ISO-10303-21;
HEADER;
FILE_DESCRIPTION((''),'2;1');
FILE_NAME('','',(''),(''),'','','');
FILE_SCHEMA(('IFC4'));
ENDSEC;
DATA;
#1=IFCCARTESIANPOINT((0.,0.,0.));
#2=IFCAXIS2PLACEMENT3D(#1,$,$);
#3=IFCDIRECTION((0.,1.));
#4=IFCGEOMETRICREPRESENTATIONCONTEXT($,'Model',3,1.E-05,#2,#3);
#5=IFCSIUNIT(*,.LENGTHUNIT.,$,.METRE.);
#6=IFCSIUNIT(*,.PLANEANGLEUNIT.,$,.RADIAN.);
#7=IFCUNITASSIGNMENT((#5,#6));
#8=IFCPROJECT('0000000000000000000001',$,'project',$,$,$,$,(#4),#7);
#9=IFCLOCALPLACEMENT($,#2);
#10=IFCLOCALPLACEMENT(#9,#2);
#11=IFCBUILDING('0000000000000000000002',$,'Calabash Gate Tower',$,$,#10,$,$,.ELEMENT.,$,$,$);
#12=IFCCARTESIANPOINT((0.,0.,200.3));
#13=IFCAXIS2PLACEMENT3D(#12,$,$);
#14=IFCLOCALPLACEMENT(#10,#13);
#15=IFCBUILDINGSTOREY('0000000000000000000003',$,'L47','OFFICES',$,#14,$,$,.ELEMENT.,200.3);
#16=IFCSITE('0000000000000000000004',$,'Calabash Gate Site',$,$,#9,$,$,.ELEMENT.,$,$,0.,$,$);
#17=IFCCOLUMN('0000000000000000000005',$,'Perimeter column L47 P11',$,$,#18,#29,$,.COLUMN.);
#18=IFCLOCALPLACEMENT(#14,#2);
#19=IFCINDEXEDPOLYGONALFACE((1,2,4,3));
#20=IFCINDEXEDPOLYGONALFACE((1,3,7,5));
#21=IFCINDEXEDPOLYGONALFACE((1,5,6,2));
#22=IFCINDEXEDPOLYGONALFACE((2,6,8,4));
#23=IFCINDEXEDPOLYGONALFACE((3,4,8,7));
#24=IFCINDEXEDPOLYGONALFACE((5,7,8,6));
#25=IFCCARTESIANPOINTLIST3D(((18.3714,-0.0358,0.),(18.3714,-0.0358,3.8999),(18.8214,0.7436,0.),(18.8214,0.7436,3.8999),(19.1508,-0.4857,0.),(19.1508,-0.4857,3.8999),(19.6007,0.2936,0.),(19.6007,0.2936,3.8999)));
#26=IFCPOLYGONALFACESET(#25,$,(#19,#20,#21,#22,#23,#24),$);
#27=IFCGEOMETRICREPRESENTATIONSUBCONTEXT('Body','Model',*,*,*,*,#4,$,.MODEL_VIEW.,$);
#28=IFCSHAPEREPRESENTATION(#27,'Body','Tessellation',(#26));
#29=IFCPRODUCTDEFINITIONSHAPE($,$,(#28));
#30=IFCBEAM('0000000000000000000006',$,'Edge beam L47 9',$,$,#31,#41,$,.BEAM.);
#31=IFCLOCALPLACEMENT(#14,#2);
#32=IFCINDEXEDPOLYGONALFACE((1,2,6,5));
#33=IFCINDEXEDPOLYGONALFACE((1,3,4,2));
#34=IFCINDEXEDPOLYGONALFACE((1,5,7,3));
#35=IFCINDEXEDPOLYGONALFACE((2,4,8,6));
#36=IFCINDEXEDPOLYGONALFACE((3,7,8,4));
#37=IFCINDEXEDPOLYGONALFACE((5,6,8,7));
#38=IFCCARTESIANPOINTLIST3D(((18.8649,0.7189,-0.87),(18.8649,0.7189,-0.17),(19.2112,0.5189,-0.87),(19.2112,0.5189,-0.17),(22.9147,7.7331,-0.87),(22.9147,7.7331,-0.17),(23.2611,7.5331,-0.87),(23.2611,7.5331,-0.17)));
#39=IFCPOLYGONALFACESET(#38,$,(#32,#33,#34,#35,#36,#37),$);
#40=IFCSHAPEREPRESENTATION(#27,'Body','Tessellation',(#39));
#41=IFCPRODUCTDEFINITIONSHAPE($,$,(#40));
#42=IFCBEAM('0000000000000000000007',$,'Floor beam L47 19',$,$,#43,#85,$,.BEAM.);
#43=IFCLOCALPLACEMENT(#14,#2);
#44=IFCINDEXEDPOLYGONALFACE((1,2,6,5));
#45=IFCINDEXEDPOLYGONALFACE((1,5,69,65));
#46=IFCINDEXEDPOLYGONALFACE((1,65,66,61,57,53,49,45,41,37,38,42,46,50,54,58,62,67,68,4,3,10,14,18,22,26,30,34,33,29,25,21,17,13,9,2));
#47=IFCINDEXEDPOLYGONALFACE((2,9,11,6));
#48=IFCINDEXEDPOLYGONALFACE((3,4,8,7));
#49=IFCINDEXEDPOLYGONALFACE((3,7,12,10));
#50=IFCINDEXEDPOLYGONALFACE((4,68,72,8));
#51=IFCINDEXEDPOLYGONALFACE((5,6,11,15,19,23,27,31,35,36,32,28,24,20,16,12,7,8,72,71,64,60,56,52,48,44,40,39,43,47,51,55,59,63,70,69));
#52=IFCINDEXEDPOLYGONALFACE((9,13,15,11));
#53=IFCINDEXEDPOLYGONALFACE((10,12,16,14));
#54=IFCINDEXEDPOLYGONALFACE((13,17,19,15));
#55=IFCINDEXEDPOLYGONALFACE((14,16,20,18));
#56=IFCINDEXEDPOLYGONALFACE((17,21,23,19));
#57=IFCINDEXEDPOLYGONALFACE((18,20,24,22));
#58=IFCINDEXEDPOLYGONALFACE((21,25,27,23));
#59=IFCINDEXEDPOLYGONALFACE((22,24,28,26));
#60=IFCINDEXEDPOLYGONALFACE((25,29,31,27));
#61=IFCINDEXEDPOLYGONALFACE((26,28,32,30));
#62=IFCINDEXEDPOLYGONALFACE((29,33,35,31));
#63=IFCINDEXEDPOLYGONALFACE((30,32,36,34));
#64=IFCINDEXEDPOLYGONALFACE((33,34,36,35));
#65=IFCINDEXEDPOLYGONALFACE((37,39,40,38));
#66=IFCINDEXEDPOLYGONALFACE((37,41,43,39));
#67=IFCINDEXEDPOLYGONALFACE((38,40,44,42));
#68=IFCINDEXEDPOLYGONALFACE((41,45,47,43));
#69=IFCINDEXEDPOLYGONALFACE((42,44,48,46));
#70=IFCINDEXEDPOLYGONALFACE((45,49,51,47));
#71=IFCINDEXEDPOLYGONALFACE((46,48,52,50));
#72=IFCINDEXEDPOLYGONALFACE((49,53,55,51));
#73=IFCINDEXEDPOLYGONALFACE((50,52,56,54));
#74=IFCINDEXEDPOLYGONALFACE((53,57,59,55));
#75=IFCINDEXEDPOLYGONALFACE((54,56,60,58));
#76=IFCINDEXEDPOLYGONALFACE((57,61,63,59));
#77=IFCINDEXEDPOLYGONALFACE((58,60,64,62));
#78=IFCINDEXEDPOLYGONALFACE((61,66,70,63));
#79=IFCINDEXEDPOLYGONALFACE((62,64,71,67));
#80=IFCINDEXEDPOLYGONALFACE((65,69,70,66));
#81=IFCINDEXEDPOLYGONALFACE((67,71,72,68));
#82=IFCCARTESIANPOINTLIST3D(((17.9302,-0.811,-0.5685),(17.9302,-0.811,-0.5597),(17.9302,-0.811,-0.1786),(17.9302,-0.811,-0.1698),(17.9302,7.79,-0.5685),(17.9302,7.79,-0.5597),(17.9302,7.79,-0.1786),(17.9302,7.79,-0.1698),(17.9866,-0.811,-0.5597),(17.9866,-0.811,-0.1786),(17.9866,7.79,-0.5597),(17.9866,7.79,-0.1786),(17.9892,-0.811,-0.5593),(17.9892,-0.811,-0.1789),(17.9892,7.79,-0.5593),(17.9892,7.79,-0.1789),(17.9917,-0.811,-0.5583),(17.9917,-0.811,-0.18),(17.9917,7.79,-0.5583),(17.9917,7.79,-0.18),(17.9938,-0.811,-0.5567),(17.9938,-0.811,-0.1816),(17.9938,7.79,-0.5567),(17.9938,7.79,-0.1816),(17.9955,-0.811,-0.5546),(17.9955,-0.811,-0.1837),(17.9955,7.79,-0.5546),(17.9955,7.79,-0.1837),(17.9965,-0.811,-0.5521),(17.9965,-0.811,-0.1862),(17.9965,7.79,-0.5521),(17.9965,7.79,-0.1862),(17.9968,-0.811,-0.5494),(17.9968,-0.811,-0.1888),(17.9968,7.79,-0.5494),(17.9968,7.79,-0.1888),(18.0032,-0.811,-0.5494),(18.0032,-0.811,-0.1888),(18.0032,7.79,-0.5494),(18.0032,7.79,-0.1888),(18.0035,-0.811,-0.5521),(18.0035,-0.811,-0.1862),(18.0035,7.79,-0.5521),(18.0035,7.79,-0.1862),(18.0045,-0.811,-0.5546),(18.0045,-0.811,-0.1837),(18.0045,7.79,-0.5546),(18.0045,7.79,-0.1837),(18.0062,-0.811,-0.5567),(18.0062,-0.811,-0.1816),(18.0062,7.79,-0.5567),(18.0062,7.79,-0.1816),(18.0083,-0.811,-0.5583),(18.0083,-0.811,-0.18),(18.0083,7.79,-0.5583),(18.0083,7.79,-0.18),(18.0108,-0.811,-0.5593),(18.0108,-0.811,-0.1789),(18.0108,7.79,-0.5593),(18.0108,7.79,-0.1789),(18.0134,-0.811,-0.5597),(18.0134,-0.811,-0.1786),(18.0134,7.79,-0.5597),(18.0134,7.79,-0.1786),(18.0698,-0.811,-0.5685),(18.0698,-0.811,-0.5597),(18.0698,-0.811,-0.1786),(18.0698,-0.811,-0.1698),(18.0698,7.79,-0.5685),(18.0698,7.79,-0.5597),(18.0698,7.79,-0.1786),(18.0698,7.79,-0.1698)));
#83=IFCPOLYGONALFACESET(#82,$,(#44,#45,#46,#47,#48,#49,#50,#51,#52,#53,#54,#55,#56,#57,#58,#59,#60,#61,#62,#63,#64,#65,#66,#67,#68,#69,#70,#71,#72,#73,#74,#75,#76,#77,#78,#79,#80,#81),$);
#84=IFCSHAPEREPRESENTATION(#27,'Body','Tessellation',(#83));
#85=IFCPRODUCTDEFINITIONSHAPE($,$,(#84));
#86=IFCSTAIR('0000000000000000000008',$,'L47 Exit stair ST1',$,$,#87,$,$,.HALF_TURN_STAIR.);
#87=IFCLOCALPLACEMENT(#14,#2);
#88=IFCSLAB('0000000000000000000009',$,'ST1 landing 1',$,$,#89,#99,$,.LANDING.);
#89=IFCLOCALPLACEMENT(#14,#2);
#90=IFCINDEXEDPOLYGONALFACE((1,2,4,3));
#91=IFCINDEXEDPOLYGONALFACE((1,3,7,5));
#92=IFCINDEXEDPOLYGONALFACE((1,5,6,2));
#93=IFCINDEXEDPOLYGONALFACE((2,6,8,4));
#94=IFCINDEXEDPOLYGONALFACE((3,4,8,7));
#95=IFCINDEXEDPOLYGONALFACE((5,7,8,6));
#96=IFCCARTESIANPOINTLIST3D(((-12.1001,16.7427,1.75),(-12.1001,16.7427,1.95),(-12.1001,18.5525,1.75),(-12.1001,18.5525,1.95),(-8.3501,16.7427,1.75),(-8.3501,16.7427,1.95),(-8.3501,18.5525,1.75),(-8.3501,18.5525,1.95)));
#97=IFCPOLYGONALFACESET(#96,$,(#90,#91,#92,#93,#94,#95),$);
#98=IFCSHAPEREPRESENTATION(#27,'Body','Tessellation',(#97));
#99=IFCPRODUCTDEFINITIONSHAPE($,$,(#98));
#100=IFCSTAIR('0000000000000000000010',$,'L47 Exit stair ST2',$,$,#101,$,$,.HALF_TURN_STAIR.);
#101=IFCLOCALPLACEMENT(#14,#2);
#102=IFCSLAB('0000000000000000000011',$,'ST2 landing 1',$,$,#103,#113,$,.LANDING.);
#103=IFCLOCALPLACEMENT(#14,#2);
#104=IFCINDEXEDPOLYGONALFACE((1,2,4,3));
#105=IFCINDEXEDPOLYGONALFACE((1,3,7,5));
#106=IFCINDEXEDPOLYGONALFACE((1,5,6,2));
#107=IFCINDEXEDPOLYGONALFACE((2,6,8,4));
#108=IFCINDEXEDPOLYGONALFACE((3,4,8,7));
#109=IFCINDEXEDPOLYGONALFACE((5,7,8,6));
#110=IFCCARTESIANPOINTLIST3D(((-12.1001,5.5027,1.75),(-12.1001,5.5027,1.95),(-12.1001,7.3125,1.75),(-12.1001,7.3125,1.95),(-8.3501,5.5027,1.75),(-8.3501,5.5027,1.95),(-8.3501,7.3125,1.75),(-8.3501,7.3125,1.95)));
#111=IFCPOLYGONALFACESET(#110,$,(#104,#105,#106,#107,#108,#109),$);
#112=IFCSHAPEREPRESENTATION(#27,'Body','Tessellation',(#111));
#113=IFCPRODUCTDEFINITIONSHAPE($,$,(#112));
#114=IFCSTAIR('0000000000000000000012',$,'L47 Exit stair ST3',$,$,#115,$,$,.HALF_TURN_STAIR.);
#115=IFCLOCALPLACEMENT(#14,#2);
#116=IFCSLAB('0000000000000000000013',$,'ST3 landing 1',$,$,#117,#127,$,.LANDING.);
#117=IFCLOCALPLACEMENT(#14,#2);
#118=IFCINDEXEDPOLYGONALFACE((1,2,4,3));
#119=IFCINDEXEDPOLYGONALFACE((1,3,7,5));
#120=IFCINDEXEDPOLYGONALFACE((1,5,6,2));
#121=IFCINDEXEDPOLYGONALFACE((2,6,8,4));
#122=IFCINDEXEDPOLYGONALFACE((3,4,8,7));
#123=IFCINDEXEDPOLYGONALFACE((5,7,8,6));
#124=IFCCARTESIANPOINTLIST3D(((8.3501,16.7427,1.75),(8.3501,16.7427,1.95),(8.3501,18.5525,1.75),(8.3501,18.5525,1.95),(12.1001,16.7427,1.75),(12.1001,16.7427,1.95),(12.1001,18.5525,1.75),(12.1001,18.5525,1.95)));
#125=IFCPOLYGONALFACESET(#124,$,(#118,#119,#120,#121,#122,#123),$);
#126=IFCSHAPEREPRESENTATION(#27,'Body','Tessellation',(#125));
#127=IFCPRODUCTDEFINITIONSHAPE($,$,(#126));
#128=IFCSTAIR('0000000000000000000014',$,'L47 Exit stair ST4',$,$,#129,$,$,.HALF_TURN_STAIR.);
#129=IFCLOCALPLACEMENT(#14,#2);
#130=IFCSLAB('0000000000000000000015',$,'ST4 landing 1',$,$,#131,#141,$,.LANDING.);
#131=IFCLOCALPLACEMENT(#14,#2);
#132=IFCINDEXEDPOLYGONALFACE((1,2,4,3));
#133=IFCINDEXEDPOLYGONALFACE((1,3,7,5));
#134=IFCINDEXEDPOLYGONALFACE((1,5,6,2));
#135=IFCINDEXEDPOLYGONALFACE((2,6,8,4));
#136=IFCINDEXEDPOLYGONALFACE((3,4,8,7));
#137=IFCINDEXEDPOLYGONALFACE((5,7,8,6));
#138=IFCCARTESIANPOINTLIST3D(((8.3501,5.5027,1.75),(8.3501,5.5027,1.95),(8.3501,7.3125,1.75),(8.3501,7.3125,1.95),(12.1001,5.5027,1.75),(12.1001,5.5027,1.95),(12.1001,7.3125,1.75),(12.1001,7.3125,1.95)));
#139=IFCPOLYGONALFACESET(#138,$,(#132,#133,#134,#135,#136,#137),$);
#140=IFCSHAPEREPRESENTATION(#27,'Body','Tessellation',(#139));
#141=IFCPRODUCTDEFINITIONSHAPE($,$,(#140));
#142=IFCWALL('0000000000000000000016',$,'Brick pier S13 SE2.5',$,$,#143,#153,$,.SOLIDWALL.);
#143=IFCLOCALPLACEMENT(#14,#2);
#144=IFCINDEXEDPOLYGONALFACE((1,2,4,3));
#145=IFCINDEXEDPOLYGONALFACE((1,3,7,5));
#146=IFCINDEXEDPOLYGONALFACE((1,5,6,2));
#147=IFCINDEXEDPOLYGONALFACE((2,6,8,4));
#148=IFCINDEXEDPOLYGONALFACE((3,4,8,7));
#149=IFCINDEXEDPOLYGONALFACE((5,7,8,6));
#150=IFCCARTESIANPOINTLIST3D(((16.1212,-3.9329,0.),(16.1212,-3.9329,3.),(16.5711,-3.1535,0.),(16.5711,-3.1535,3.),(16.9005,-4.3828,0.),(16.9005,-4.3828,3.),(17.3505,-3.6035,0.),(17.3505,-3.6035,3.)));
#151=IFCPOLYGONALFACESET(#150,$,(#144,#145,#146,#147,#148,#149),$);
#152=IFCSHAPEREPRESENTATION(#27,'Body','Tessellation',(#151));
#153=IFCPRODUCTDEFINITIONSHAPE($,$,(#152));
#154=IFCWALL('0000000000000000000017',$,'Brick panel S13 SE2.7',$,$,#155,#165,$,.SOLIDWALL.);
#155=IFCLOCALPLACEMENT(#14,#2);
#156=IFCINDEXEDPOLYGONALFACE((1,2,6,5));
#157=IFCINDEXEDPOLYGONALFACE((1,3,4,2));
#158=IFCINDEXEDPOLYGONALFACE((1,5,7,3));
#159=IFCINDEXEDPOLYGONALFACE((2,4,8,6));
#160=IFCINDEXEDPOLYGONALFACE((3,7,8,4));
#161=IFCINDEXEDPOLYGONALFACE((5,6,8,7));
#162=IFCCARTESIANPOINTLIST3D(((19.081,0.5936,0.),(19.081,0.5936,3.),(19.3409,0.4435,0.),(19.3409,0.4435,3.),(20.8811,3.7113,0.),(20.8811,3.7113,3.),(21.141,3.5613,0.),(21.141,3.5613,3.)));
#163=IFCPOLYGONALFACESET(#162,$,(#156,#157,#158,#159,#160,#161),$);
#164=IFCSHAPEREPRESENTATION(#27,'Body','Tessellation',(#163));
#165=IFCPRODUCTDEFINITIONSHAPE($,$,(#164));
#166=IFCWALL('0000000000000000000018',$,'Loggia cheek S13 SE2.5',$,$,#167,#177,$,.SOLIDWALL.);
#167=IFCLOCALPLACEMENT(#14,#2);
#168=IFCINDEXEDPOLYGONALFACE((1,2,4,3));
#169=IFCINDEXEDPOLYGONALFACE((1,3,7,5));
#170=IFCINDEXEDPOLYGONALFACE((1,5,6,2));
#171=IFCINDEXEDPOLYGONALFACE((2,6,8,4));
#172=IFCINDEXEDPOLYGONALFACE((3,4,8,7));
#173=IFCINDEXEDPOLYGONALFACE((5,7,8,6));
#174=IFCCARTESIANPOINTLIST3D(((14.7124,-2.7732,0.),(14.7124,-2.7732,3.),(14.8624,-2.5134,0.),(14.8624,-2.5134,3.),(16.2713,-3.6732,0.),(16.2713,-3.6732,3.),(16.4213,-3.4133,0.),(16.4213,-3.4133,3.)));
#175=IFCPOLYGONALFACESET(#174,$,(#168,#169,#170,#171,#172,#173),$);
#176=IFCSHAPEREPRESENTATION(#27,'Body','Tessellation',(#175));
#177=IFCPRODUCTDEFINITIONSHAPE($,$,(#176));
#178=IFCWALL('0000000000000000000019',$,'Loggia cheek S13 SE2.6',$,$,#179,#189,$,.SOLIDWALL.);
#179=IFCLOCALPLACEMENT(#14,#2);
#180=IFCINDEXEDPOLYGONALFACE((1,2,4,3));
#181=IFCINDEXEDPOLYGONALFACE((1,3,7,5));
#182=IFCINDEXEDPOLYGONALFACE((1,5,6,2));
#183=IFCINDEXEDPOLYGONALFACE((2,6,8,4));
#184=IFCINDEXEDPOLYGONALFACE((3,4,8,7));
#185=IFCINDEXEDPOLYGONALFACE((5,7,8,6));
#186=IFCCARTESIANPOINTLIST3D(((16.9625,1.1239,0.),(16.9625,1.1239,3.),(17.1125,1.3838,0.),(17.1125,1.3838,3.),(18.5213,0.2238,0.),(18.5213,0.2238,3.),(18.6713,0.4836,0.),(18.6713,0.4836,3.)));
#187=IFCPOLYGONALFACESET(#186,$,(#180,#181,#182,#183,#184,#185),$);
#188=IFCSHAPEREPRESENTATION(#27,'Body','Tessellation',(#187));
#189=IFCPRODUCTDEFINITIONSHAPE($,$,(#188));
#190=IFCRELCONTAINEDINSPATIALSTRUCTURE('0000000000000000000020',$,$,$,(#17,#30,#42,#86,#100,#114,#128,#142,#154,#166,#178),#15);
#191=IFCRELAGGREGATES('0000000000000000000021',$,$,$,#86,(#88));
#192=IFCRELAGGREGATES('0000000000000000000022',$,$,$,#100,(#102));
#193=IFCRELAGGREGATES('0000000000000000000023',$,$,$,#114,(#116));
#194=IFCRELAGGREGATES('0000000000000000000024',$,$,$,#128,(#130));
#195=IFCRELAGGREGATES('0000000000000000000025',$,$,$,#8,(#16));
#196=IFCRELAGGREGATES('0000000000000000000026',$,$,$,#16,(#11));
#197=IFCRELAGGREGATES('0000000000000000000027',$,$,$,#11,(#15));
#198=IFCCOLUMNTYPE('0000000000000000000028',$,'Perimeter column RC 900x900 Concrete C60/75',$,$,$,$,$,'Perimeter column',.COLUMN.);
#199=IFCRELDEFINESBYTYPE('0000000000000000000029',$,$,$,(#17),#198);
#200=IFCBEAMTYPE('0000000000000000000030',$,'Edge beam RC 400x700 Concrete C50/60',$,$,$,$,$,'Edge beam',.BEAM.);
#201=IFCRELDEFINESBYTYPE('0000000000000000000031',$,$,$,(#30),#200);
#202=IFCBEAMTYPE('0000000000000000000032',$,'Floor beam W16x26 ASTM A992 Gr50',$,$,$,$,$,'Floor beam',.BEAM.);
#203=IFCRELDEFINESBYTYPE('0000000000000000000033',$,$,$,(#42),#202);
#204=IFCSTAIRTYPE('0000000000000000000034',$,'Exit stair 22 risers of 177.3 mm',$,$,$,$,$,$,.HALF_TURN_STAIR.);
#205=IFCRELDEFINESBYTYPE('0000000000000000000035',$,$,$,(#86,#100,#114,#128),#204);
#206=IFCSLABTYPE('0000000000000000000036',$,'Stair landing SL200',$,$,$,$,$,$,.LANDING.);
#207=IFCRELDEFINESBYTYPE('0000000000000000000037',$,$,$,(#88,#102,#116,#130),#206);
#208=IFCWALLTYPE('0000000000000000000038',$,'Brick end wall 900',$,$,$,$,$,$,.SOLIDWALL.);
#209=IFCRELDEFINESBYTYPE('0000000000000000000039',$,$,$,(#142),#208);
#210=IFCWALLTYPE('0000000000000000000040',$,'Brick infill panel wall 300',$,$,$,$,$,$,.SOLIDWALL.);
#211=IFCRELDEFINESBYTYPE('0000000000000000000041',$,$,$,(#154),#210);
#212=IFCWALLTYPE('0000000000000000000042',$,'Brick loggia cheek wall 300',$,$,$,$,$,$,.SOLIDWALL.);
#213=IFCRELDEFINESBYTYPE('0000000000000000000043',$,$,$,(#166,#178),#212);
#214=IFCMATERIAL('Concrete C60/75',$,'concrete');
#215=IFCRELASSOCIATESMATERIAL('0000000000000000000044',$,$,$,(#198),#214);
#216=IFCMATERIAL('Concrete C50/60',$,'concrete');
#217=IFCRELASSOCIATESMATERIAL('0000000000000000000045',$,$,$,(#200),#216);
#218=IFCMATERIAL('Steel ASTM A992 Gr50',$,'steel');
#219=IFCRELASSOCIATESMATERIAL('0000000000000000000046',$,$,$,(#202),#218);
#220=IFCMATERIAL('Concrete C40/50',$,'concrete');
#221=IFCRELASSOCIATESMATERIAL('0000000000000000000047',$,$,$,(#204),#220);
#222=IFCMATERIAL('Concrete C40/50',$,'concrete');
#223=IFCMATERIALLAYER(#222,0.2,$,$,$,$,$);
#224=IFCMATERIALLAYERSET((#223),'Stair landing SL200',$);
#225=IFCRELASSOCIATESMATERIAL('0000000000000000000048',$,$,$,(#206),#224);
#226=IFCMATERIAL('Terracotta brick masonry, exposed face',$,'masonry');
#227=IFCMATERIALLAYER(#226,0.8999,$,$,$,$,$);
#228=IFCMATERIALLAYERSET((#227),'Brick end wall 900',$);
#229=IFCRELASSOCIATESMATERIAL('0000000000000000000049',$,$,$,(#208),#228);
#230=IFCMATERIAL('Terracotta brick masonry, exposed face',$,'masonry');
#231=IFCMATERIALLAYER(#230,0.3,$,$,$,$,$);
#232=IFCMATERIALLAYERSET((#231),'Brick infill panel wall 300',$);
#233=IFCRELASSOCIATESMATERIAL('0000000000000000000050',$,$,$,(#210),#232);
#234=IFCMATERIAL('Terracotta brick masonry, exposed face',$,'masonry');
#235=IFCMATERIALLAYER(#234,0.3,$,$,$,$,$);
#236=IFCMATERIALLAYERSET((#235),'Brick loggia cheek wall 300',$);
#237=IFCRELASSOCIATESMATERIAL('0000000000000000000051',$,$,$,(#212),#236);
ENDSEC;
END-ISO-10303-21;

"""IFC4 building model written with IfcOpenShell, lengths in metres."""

from ifc_helpers import new_model, si_unit, direction, frame, frame_2d, origin, origin_2d, place, context, subcontext, project, spatial, polyline, rectangle, i_section, outline, extrude, material, layer, layer_set, material_profile, profile_set, type_object, element, aggregate, save


model = new_model("IFC4")

# Units and contexts
model_context = context("Model", 3, precision=1e-05, world=origin(), true_north=direction((0.0, 1.0)))
body_context = subcontext(model_context, "Body", "Model", "MODEL_VIEW")
ifc_project = project(units=[si_unit("LENGTHUNIT", "METRE"), si_unit("PLANEANGLEUNIT", "RADIAN")], contexts=[model_context])

# Site, building, storey
site_placement = place(None, origin())
site = spatial("IfcSite", under=ifc_project, at=site_placement, Name="Calabash Gate Site", CompositionType="ELEMENT", RefElevation=0.0)
building_placement = place(site_placement, origin())
building = spatial("IfcBuilding", under=site, at=building_placement, Name="Calabash Gate Tower", CompositionType="ELEMENT")
storey_placement = place(building_placement, frame((0.0, 0.0, 200.3)))
storey = spatial("IfcBuildingStorey", under=building, at=storey_placement, Name="L47", Description="OFFICES", CompositionType="ELEMENT", Elevation=200.3)

# Column
ifc_material_1 = material(Name="Concrete C60/75", Category="concrete")
ifc_material_profile_1 = material_profile(ifc_material_1, rectangle(XDim=0.8999, YDim=0.8999, at=origin_2d()))
ifc_profile_set_1 = profile_set([ifc_material_profile_1], Name="Concrete C60/75")
column_type = type_object("IfcColumnType", Name="Perimeter column RC 900x900 Concrete C60/75", ElementType="Perimeter column", PredefinedType="COLUMN", material=ifc_profile_set_1)
column_placement = place(storey_placement, frame((18.9861, 0.1289, 0.0), z_axis=(0.0, 0.0, 1.0), x_axis=(0.5, 0.866025, 0.0)))
element("IfcColumn", 1, at=column_placement, inside=storey, type_object=column_type, Name="Perimeter column L47 P11", PredefinedType="COLUMN", context=body_context, shape_type="SweptSolid", body=[
    extrude(rectangle(XDim=0.8999, YDim=0.8999, at=origin_2d()), origin(), (0.0, 0.0, 1.0), 3.8999),
])

# Beams
ifc_material_2 = material(Name="Concrete C50/60", Category="concrete")
ifc_material_profile_2 = material_profile(ifc_material_2, rectangle(XDim=0.3999, YDim=0.7, at=origin_2d()))
ifc_profile_set_2 = profile_set([ifc_material_profile_2], Name="Concrete C50/60")
beam_type_1 = type_object("IfcBeamType", Name="Edge beam RC 400x700 Concrete C50/60", ElementType="Edge beam", PredefinedType="BEAM", material=ifc_profile_set_2)
beam_1_placement = place(storey_placement, frame((19.0381, 0.6189, -0.52), z_axis=(0.500016, 0.866016, 0.0), x_axis=(-0.866016, 0.500016, 0.0)))
element("IfcBeam", 2, at=beam_1_placement, inside=storey, type_object=beam_type_1, Name="Edge beam L47 9", PredefinedType="BEAM", context=body_context, shape_type="SweptSolid", body=[
    extrude(rectangle(XDim=0.3999, YDim=0.7, at=origin_2d()), origin(), (0.0, 0.0, 1.0), 8.0994),
])
ifc_material_3 = material(Name="Steel ASTM A992 Gr50", Category="steel")
ifc_material_profile_3 = material_profile(ifc_material_3, i_section(OverallWidth=0.1396, OverallDepth=0.3987, WebThickness=0.0063, FlangeThickness=0.0088, FilletRadius=0.0103, at=origin_2d()))
ifc_profile_set_3 = profile_set([ifc_material_profile_3], Name="Steel ASTM A992 Gr50")
beam_type_2 = type_object("IfcBeamType", Name="Floor beam W16x26 ASTM A992 Gr50", ElementType="Floor beam", PredefinedType="BEAM", material=ifc_profile_set_3)
beam_2_placement = place(storey_placement, frame((18.0, -0.811, -0.3691), z_axis=(0.0, 1.0, 0.0), x_axis=(-1.0, 0.0, 0.0)))
element("IfcBeam", 3, at=beam_2_placement, inside=storey, type_object=beam_type_2, Name="Floor beam L47 19", PredefinedType="BEAM", context=body_context, shape_type="SweptSolid", body=[
    extrude(i_section(OverallWidth=0.1396, OverallDepth=0.3987, WebThickness=0.0063, FlangeThickness=0.0088, FilletRadius=0.0103, at=origin_2d()), origin(), (0.0, 0.0, 1.0), 8.6011),
])

# Stairs, slabs
ifc_material_4 = material(Name="Concrete C40/50", Category="concrete")
stair_type = type_object("IfcStairType", Name="Exit stair 22 risers of 177.3 mm", PredefinedType="HALF_TURN_STAIR", material=ifc_material_4)
stair_1_placement = place(storey_placement, origin())
stair_1 = element("IfcStair", 4, at=stair_1_placement, inside=storey, type_object=stair_type, Name="L47 Exit stair ST1", PredefinedType="HALF_TURN_STAIR")
ifc_material_5 = material(Name="Concrete C40/50", Category="concrete")
ifc_layer_1 = layer(ifc_material_5, 0.2)
ifc_layer_set_1 = layer_set([ifc_layer_1], Name="Stair landing SL200")
slab_type = type_object("IfcSlabType", Name="Stair landing SL200", PredefinedType="LANDING", material=ifc_layer_set_1)
slab_1_placement = place(storey_placement, frame((0.0, 0.0, 1.75)))
slab_1 = element("IfcSlab", 5, at=slab_1_placement, type_object=slab_type, Name="ST1 landing 1", PredefinedType="LANDING", context=body_context, shape_type="SweptSolid", body=[
    extrude(outline(polyline([(-8.3501, 16.7427), (-8.3501, 18.5525), (-12.1001, 18.5525), (-12.1001, 16.7427), (-8.3501, 16.7427)])), origin(), (0.0, 0.0, 1.0), 0.2),
])
aggregate(stair_1, [slab_1])
stair_2_placement = place(storey_placement, origin())
stair_2 = element("IfcStair", 6, at=stair_2_placement, inside=storey, type_object=stair_type, Name="L47 Exit stair ST2", PredefinedType="HALF_TURN_STAIR")
slab_2_placement = place(storey_placement, frame((0.0, 0.0, 1.75)))
slab_2 = element("IfcSlab", 7, at=slab_2_placement, type_object=slab_type, Name="ST2 landing 1", PredefinedType="LANDING", context=body_context, shape_type="SweptSolid", body=[
    extrude(outline(polyline([(-12.1001, 7.3125), (-12.1001, 5.5027), (-8.3501, 5.5027), (-8.3501, 7.3125), (-12.1001, 7.3125)])), origin(), (0.0, 0.0, 1.0), 0.2),
])
aggregate(stair_2, [slab_2])
stair_3_placement = place(storey_placement, origin())
stair_3 = element("IfcStair", 8, at=stair_3_placement, inside=storey, type_object=stair_type, Name="L47 Exit stair ST3", PredefinedType="HALF_TURN_STAIR")
slab_3_placement = place(storey_placement, frame((0.0, 0.0, 1.75)))
slab_3 = element("IfcSlab", 9, at=slab_3_placement, type_object=slab_type, Name="ST3 landing 1", PredefinedType="LANDING", context=body_context, shape_type="SweptSolid", body=[
    extrude(outline(polyline([(12.1001, 16.7427), (12.1001, 18.5525), (8.3501, 18.5525), (8.3501, 16.7427), (12.1001, 16.7427)])), origin(), (0.0, 0.0, 1.0), 0.2),
])
aggregate(stair_3, [slab_3])
stair_4_placement = place(storey_placement, origin())
stair_4 = element("IfcStair", 10, at=stair_4_placement, inside=storey, type_object=stair_type, Name="L47 Exit stair ST4", PredefinedType="HALF_TURN_STAIR")
slab_4_placement = place(storey_placement, frame((0.0, 0.0, 1.75)))
slab_4 = element("IfcSlab", 11, at=slab_4_placement, type_object=slab_type, Name="ST4 landing 1", PredefinedType="LANDING", context=body_context, shape_type="SweptSolid", body=[
    extrude(outline(polyline([(8.3501, 7.3125), (8.3501, 5.5027), (12.1001, 5.5027), (12.1001, 7.3125), (8.3501, 7.3125)])), origin(), (0.0, 0.0, 1.0), 0.2),
])
aggregate(stair_4, [slab_4])

# Walls
ifc_material_6 = material(Name="Terracotta brick masonry, exposed face", Category="masonry")
ifc_layer_2 = layer(ifc_material_6, 0.8999)
ifc_layer_set_2 = layer_set([ifc_layer_2], Name="Brick end wall 900")
wall_type_1 = type_object("IfcWallType", Name="Brick end wall 900", PredefinedType="SOLIDWALL", material=ifc_layer_set_2)
wall_1_placement = place(storey_placement, frame((17.1255, -3.9932, 0.0), z_axis=(0.0, 0.0, 1.0), x_axis=(-0.866014, 0.50002, 0.0)))
element("IfcWall", 12, at=wall_1_placement, inside=storey, type_object=wall_type_1, Name="Brick pier S13 SE2.5", PredefinedType="SOLIDWALL", context=body_context, shape_type="SweptSolid", body=[
    extrude(rectangle(XDim=0.8999, YDim=0.8999, at=frame_2d((0.45, 0.0))), origin(), (0.0, 0.0, 1.0), 3.0),
])
ifc_material_7 = material(Name="Terracotta brick masonry, exposed face", Category="masonry")
ifc_layer_3 = layer(ifc_material_7, 0.3)
ifc_layer_set_3 = layer_set([ifc_layer_3], Name="Brick infill panel wall 300")
wall_type_2 = type_object("IfcWallType", Name="Brick infill panel wall 300", PredefinedType="SOLIDWALL", material=ifc_layer_set_3)
wall_2_placement = place(storey_placement, frame((19.2109, 0.5186, 0.0), z_axis=(0.0, 0.0, 1.0), x_axis=(0.500012, 0.866018, 0.0)))
element("IfcWall", 13, at=wall_2_placement, inside=storey, type_object=wall_type_2, Name="Brick panel S13 SE2.7", PredefinedType="SOLIDWALL", context=body_context, shape_type="SweptSolid", body=[
    extrude(rectangle(XDim=3.6001, YDim=0.3, at=frame_2d((1.8, 0.0))), origin(), (0.0, 0.0, 1.0), 3.0),
])
ifc_material_8 = material(Name="Terracotta brick masonry, exposed face", Category="masonry")
ifc_layer_4 = layer(ifc_material_8, 0.3)
ifc_layer_set_4 = layer_set([ifc_layer_4], Name="Brick loggia cheek wall 300")
wall_type_3 = type_object("IfcWallType", Name="Brick loggia cheek wall 300", PredefinedType="SOLIDWALL", material=ifc_layer_set_4)
for number, where, z_axis, x_axis, name in (
    (14, (16.3462, -3.5432, 0.0), (0.0, 0.0, 1.0), (-0.866048, 0.499961, 0.0), "Loggia cheek S13 SE2.5"),
    (15, (18.5962, 0.3538, 0.0), (0.0, 0.0, 1.0), (-0.865989, 0.500063, 0.0), "Loggia cheek S13 SE2.6"),
):
    element("IfcWall", number, at=place(storey_placement, frame(where, z_axis=z_axis, x_axis=x_axis)), inside=storey, type_object=wall_type_3, Name=name, PredefinedType="SOLIDWALL", context=body_context, shape_type="SweptSolid", body=[
        extrude(rectangle(XDim=1.8, YDim=0.3, at=frame_2d((0.8999, 0.0))), origin(), (0.0, 0.0, 1.0), 3.0),
    ])

save(model, "model.ifc")
